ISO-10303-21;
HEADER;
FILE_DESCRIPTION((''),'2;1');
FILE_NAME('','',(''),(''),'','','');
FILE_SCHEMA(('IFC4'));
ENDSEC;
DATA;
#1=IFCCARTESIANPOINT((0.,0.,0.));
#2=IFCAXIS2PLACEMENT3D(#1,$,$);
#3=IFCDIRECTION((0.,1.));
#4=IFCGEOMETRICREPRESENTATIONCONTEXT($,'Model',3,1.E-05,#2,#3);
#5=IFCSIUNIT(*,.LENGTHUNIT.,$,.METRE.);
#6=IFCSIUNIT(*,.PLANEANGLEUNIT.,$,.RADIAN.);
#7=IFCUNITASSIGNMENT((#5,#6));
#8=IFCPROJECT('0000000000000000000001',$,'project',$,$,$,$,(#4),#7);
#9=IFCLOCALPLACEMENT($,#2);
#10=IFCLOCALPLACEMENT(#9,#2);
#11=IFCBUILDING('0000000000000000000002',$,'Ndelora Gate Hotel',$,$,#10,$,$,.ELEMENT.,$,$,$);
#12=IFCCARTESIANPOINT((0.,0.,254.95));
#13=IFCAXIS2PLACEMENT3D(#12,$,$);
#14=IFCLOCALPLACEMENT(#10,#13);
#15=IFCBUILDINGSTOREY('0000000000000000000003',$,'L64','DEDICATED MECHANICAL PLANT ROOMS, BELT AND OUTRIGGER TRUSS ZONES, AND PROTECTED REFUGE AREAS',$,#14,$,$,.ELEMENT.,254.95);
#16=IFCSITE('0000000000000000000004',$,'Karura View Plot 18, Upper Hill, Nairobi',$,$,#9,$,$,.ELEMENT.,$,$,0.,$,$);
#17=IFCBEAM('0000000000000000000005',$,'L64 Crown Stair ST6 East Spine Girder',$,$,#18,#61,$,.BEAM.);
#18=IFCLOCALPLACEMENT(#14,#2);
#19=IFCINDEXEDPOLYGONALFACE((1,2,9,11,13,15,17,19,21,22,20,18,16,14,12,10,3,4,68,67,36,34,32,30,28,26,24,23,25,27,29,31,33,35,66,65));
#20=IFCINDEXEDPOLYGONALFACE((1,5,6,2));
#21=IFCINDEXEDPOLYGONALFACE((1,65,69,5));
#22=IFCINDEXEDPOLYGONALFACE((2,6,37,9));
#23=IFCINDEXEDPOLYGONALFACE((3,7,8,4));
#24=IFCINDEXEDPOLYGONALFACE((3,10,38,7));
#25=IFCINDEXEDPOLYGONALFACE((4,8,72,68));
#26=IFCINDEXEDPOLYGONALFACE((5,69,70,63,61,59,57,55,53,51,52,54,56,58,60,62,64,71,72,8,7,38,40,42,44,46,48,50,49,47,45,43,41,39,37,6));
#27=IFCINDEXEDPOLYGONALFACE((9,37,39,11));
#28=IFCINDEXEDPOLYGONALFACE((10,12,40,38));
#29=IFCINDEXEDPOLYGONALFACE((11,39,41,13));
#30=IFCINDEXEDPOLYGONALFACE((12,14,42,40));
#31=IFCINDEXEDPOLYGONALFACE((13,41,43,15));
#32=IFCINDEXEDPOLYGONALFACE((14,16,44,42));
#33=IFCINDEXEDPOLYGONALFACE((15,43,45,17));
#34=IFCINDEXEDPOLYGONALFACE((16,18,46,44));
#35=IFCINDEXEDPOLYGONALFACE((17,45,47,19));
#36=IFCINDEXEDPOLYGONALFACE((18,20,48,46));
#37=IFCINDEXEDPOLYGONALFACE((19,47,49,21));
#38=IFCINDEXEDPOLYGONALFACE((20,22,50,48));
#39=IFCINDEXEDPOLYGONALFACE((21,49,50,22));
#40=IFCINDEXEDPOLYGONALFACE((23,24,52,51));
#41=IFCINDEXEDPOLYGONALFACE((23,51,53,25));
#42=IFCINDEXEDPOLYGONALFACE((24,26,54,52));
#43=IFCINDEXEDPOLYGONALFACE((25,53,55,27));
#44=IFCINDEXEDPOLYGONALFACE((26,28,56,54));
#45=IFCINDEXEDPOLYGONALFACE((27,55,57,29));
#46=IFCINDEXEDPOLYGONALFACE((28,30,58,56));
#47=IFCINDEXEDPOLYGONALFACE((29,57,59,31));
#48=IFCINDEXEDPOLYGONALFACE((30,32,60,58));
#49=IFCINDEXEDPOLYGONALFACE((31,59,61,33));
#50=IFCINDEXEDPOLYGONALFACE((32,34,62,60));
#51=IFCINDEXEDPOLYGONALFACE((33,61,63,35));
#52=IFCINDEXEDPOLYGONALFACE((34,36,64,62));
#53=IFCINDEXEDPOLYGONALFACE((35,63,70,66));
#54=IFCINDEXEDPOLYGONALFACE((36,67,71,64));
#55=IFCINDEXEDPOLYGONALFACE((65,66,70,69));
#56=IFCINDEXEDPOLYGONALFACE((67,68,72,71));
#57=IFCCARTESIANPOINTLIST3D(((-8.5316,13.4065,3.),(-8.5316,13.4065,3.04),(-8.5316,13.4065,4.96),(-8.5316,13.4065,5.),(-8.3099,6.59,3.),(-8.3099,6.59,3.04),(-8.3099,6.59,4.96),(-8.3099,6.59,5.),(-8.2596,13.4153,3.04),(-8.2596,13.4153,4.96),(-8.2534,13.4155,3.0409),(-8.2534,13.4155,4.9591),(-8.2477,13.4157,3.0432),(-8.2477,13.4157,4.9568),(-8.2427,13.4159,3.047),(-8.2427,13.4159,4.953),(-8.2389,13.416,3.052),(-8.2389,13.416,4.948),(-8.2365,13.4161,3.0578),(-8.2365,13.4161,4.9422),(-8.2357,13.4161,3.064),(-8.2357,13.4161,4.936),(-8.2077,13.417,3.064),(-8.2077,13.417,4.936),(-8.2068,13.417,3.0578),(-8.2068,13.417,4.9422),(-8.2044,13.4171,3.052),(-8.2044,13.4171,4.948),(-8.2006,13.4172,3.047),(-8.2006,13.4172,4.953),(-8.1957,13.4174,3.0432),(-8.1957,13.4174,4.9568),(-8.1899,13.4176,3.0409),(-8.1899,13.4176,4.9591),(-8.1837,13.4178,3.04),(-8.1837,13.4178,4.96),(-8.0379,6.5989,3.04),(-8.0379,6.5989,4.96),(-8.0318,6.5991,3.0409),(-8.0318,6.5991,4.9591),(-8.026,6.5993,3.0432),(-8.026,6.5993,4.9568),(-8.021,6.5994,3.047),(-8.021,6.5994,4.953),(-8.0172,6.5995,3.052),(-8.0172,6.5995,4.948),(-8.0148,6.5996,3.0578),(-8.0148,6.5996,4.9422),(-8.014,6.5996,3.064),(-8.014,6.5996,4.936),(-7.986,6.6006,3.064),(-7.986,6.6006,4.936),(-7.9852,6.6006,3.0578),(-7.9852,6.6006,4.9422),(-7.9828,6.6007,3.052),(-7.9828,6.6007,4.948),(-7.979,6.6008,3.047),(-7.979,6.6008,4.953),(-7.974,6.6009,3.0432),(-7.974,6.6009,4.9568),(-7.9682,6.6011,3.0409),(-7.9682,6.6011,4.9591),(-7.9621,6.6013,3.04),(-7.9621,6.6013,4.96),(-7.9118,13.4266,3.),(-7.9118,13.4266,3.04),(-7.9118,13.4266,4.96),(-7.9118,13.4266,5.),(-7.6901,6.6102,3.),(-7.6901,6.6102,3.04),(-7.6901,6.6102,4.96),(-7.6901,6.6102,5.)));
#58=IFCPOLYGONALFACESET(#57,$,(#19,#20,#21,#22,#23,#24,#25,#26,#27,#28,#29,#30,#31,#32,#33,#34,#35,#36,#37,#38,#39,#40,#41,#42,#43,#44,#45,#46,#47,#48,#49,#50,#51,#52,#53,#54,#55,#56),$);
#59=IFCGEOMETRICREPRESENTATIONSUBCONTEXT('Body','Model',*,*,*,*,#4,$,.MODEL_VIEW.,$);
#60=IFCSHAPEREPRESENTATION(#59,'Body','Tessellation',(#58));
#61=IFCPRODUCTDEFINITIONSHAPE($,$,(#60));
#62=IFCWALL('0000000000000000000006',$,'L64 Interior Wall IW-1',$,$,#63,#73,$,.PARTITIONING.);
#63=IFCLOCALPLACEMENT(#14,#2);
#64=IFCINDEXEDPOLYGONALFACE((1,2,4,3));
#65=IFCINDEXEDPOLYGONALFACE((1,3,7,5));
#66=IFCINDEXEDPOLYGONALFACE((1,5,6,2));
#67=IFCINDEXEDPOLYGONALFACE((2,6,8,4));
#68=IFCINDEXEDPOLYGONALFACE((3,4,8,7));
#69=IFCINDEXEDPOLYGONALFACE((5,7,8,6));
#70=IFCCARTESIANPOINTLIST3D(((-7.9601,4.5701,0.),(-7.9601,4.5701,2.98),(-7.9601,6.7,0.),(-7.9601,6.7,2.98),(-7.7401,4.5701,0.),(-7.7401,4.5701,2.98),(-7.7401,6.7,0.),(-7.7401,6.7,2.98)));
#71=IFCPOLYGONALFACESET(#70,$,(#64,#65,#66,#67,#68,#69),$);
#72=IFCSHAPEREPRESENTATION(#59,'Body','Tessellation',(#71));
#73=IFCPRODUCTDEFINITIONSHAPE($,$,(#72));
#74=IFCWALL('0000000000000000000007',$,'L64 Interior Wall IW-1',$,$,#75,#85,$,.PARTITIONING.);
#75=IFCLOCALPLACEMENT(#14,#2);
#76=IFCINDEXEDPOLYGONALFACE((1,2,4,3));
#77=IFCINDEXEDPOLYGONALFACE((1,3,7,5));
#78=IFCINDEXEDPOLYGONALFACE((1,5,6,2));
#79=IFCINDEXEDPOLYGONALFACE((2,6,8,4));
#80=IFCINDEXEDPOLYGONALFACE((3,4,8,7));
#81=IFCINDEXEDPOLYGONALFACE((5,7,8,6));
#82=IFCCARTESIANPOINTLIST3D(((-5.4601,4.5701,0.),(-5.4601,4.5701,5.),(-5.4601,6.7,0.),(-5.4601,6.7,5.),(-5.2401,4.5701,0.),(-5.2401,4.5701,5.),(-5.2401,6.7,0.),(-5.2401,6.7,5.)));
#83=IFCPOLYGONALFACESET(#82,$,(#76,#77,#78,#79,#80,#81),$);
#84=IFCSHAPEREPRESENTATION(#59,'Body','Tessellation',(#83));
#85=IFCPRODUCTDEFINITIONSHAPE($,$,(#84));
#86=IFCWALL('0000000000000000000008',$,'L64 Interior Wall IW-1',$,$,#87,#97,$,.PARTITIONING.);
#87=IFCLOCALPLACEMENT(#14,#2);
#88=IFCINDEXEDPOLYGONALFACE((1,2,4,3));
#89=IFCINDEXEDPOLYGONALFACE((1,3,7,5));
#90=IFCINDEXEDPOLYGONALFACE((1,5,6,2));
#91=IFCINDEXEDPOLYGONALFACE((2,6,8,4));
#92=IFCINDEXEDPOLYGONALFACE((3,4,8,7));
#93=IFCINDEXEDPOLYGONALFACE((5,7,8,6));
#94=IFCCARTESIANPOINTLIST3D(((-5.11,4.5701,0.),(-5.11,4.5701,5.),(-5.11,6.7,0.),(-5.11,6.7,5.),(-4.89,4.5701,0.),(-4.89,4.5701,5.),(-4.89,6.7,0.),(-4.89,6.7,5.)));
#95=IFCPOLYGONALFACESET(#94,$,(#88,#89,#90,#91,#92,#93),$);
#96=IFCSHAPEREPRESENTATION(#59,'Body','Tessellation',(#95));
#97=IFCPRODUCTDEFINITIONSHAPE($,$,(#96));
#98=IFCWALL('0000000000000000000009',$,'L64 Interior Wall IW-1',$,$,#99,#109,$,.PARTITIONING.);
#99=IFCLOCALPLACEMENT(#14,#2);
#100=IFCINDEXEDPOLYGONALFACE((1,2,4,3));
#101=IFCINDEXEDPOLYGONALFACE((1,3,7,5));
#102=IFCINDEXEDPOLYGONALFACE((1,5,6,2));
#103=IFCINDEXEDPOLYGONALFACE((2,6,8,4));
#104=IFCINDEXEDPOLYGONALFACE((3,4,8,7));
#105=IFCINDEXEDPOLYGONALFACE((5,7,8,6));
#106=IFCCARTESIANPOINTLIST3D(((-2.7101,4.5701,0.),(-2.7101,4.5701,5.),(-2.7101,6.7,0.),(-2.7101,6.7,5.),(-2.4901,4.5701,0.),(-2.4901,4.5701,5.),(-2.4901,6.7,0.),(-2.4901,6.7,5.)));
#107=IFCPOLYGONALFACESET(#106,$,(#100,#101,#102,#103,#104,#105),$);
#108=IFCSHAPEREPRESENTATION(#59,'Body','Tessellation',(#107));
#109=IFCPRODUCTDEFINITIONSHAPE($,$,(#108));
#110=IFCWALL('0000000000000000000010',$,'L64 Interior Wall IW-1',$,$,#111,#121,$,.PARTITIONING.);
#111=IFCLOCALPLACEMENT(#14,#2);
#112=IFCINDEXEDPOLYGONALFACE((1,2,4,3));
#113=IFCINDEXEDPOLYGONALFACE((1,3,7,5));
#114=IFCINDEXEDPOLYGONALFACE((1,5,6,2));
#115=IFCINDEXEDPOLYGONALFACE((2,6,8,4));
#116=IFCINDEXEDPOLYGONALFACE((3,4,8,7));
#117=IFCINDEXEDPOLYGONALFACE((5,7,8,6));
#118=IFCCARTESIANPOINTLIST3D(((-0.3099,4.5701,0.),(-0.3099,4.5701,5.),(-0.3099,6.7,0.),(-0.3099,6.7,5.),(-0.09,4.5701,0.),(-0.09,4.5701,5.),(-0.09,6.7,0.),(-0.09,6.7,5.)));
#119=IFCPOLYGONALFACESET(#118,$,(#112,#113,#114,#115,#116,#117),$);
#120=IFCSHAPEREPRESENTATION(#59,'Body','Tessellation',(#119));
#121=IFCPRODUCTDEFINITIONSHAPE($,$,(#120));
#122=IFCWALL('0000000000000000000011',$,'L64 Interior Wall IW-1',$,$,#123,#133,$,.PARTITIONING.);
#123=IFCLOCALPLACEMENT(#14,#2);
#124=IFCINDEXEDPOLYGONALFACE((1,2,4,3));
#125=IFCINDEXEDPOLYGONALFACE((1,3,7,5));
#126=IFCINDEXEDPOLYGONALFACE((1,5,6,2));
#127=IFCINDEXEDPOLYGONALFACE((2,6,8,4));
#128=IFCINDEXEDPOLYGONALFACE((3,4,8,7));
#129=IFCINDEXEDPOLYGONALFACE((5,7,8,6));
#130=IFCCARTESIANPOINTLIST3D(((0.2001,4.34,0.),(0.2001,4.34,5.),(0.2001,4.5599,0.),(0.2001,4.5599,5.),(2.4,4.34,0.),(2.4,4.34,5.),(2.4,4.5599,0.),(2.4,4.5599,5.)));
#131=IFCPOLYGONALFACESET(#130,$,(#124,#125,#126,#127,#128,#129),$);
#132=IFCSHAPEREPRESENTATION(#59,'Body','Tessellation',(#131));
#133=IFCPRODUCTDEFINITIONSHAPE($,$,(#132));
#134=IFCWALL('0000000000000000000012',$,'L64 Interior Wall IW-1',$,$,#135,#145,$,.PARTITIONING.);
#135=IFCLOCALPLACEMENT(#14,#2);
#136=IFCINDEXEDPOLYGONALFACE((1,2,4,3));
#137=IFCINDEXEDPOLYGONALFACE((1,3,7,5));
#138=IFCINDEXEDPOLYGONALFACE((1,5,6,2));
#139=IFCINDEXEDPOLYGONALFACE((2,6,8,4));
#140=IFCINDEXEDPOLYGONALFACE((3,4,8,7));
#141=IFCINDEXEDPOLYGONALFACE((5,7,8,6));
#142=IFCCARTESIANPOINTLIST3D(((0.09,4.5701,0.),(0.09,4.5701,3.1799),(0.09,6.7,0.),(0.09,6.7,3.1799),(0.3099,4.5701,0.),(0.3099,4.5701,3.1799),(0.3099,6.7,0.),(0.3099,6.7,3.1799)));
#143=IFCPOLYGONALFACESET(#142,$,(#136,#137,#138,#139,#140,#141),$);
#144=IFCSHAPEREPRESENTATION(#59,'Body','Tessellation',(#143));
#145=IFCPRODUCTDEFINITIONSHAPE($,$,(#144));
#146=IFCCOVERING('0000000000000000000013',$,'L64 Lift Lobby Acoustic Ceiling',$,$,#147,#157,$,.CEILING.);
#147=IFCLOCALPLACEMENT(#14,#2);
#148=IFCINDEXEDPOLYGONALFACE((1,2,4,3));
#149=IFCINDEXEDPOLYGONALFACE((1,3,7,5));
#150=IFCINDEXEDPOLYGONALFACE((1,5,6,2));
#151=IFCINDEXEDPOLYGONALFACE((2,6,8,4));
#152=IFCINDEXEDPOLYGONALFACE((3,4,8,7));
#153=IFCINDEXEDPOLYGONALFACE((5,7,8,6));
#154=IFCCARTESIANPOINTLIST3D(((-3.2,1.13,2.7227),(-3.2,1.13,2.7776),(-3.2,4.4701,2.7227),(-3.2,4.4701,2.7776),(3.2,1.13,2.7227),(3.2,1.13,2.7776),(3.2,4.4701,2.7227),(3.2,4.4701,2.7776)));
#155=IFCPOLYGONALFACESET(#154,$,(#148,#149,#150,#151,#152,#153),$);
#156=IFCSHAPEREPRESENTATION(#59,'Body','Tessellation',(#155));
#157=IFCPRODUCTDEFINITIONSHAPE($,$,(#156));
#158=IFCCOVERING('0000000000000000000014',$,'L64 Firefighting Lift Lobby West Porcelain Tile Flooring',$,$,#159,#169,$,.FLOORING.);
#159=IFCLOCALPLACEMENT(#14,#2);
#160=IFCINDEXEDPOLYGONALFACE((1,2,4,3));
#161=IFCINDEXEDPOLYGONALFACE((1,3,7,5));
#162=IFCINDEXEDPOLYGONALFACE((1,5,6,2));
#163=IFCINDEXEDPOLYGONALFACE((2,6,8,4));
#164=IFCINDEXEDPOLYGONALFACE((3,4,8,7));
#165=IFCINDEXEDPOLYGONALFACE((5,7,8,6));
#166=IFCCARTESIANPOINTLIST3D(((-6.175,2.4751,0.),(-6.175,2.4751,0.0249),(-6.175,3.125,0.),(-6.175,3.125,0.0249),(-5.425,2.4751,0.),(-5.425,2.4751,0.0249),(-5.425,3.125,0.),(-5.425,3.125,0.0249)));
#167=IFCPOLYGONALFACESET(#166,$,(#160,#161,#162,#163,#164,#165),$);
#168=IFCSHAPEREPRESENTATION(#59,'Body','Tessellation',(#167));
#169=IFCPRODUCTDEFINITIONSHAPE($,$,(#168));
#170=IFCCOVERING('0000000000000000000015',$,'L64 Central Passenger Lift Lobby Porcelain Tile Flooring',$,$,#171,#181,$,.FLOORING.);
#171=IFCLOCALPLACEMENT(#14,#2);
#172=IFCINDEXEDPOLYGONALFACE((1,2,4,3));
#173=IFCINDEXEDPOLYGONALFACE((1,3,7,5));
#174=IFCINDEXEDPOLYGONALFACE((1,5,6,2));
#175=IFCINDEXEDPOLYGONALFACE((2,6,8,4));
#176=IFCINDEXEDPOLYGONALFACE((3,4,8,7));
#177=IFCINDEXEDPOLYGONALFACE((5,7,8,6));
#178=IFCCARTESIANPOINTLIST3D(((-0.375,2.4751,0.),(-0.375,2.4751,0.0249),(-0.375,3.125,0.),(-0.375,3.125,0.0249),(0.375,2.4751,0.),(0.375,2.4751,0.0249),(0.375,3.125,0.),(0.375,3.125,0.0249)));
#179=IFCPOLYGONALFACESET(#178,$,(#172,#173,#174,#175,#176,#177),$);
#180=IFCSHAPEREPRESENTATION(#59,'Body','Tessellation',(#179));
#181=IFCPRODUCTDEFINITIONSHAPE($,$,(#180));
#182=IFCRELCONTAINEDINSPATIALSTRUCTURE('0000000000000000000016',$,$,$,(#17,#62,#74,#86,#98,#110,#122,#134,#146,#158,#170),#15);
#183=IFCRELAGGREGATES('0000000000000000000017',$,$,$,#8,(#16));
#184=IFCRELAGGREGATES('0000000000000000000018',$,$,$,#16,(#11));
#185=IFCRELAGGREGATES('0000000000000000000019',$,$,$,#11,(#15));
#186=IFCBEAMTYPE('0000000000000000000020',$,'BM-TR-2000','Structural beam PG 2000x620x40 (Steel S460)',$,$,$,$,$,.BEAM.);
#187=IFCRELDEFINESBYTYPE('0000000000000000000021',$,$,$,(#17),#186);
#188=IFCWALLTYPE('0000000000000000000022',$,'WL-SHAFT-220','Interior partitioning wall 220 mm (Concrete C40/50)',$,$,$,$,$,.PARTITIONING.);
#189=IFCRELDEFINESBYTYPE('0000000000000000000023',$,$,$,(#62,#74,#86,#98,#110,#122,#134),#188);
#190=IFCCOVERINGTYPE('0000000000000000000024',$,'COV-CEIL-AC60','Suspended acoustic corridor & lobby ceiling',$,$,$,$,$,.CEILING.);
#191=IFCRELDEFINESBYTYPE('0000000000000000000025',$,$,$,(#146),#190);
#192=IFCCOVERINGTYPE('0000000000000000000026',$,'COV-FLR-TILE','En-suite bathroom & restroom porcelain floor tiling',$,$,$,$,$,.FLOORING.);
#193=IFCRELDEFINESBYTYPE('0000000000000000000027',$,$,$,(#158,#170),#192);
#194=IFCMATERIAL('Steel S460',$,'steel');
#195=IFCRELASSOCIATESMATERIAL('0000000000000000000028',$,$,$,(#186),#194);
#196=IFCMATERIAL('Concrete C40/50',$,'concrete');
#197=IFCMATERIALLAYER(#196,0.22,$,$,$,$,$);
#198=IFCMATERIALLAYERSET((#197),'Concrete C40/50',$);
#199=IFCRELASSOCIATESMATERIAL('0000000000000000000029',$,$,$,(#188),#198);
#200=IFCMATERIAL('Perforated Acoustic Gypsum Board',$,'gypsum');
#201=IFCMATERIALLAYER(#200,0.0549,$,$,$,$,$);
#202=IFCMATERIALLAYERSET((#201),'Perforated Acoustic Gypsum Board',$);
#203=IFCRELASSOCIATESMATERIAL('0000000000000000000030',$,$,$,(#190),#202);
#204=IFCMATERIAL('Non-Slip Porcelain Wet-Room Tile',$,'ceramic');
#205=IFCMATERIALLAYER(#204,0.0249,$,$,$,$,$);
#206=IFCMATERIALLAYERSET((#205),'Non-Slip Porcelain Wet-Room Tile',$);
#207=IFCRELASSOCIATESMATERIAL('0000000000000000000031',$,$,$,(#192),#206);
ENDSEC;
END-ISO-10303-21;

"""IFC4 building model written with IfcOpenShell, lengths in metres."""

from ifc_helpers import new_model, si_unit, direction, frame, frame_2d, origin, origin_2d, place, context, subcontext, project, spatial, rectangle, i_section, extrude, material, layer, layer_set, material_profile, profile_set, type_object, element, save


model = new_model("IFC4")

# Units and contexts
model_context = context("Model", 3, precision=1e-05, world=origin(), true_north=direction((0.0, 1.0)))
body_context = subcontext(model_context, "Body", "Model", "MODEL_VIEW")
ifc_project = project(units=[si_unit("LENGTHUNIT", "METRE"), si_unit("PLANEANGLEUNIT", "RADIAN")], contexts=[model_context])

# Site, building, storey
site_placement = place(None, origin())
site = spatial("IfcSite", under=ifc_project, at=site_placement, Name="Karura View Plot 18, Upper Hill, Nairobi", CompositionType="ELEMENT", RefElevation=0.0)
building_placement = place(site_placement, origin())
building = spatial("IfcBuilding", under=site, at=building_placement, Name="Ndelora Gate Hotel", CompositionType="ELEMENT")
storey_placement = place(building_placement, frame((0.0, 0.0, 254.95)))
storey = spatial("IfcBuildingStorey", under=building, at=storey_placement, Name="L64", Description="DEDICATED MECHANICAL PLANT ROOMS, BELT AND OUTRIGGER TRUSS ZONES, AND PROTECTED REFUGE AREAS", CompositionType="ELEMENT", Elevation=254.95)

# Beam
ifc_material_1 = material(Name="Steel S460", Category="steel")
ifc_material_profile_1 = material_profile(ifc_material_1, i_section(OverallWidth=0.6201, OverallDepth=2.0, WebThickness=0.0281, FlangeThickness=0.04, FilletRadius=0.0239, at=origin_2d()), Name="PG 2000x620x40")
ifc_profile_set_1 = profile_set([ifc_material_profile_1], Name="Steel S460")
beam_type_1 = type_object("IfcBeamType", Name="BM-TR-2000", Description="Structural beam PG 2000x620x40 (Steel S460)", PredefinedType="BEAM", material=ifc_profile_set_1)
beam_1_placement = place(storey_placement, frame((-8.0, 6.6001, 4.0), z_axis=(-0.032504, 0.999472, 0.0), x_axis=(-0.999472, -0.032504, 0.0)))
element("IfcBeam", 1, at=beam_1_placement, inside=storey, type_object=beam_type_1, Name="L64 Crown Stair ST6 East Spine Girder", PredefinedType="BEAM", context=body_context, shape_type="SweptSolid", body=[
    extrude(i_section(OverallWidth=0.6201, OverallDepth=2.0, WebThickness=0.0281, FlangeThickness=0.04, FilletRadius=0.0239, at=origin_2d()), origin(), (0.0, 0.0, 1.0), 6.8201),
])

# Shared definitions
ifc_material_2 = material(Name="Concrete C40/50", Category="concrete")
ifc_layer_1 = layer(ifc_material_2, 0.22)
ifc_layer_set_1 = layer_set([ifc_layer_1], Name="Concrete C40/50")
wall_type = type_object("IfcWallType", Name="WL-SHAFT-220", Description="Interior partitioning wall 220 mm (Concrete C40/50)", PredefinedType="PARTITIONING", material=ifc_layer_set_1)

# Walls
wall_1_placement = place(storey_placement, frame((-7.8501, 4.5701, 0.0), z_axis=(0.0, 0.0, 1.0), x_axis=(0.0, 1.0, 0.0)))
element("IfcWall", 2, at=wall_1_placement, inside=storey, type_object=wall_type, Name="L64 Interior Wall IW-1", PredefinedType="PARTITIONING", context=body_context, shape_type="SweptSolid", body=[
    extrude(rectangle(XDim=2.1299, YDim=0.22, at=frame_2d((1.0649, 0.0))), origin(), (0.0, 0.0, 1.0), 2.98),
])
wall_2_placement = place(storey_placement, frame((-5.3501, 4.5701, 0.0), z_axis=(0.0, 0.0, 1.0), x_axis=(0.0, 1.0, 0.0)))
element("IfcWall", 3, at=wall_2_placement, inside=storey, type_object=wall_type, Name="L64 Interior Wall IW-1", PredefinedType="PARTITIONING", context=body_context, shape_type="SweptSolid", body=[
    extrude(rectangle(XDim=2.1299, YDim=0.22, at=frame_2d((1.0649, 0.0))), origin(), (0.0, 0.0, 1.0), 5.0),
])

# Walls
for number, where, z_axis, x_axis, name in (
    (4, (-5.0, 4.5701, 0.0), (0.0, 0.0, 1.0), (0.0, 1.0, 0.0), "L64 Interior Wall IW-1"),
    (5, (-2.6001, 4.5701, 0.0), (0.0, 0.0, 1.0), (0.0, 1.0, 0.0), "L64 Interior Wall IW-1"),
):
    element("IfcWall", number, at=place(storey_placement, frame(where, z_axis=z_axis, x_axis=x_axis)), inside=storey, type_object=wall_type, Name=name, PredefinedType="PARTITIONING", context=body_context, shape_type="SweptSolid", body=[
        extrude(rectangle(XDim=2.1299, YDim=0.22, at=frame_2d((1.0649, 0.0))), origin(), (0.0, 0.0, 1.0), 5.0),
    ])

# Walls
wall_3_placement = place(storey_placement, frame((-0.2, 4.5701, 0.0), z_axis=(0.0, 0.0, 1.0), x_axis=(0.0, 1.0, 0.0)))
element("IfcWall", 6, at=wall_3_placement, inside=storey, type_object=wall_type, Name="L64 Interior Wall IW-1", PredefinedType="PARTITIONING", context=body_context, shape_type="SweptSolid", body=[
    extrude(rectangle(XDim=2.1299, YDim=0.22, at=frame_2d((1.0649, 0.0))), origin(), (0.0, 0.0, 1.0), 5.0),
])
wall_4_placement = place(storey_placement, frame((0.2, 4.45, 0.0), z_axis=(0.0, 0.0, 1.0), x_axis=(1.0, 0.0, 0.0)))
element("IfcWall", 7, at=wall_4_placement, inside=storey, type_object=wall_type, Name="L64 Interior Wall IW-1", PredefinedType="PARTITIONING", context=body_context, shape_type="SweptSolid", body=[
    extrude(rectangle(XDim=2.2, YDim=0.22, at=frame_2d((1.1001, 0.0))), origin(), (0.0, 0.0, 1.0), 5.0),
])
wall_5_placement = place(storey_placement, frame((0.2, 4.5701, 0.0), z_axis=(0.0, 0.0, 1.0), x_axis=(0.0, 1.0, 0.0)))
element("IfcWall", 8, at=wall_5_placement, inside=storey, type_object=wall_type, Name="L64 Interior Wall IW-1", PredefinedType="PARTITIONING", context=body_context, shape_type="SweptSolid", body=[
    extrude(rectangle(XDim=2.1299, YDim=0.22, at=frame_2d((1.0649, 0.0))), origin(), (0.0, 0.0, 1.0), 3.1799),
])

# Coverings
ifc_material_3 = material(Name="Perforated Acoustic Gypsum Board", Category="gypsum")
ifc_layer_2 = layer(ifc_material_3, 0.0549)
ifc_layer_set_2 = layer_set([ifc_layer_2], Name="Perforated Acoustic Gypsum Board")
covering_type_1 = type_object("IfcCoveringType", Name="COV-CEIL-AC60", Description="Suspended acoustic corridor & lobby ceiling", PredefinedType="CEILING", material=ifc_layer_set_2)
covering_placement = place(storey_placement, frame((0.0, 2.8, 2.7227), z_axis=(0.0, 0.0, 1.0), x_axis=(1.0, 0.0, 0.0)))
element("IfcCovering", 9, at=covering_placement, inside=storey, type_object=covering_type_1, Name="L64 Lift Lobby Acoustic Ceiling", PredefinedType="CEILING", context=body_context, shape_type="SweptSolid", body=[
    extrude(rectangle(XDim=6.3999, YDim=3.3401, at=origin_2d()), origin(), (0.0, 0.0, 1.0), 0.0549),
])
ifc_material_4 = material(Name="Non-Slip Porcelain Wet-Room Tile", Category="ceramic")
ifc_layer_3 = layer(ifc_material_4, 0.0249)
ifc_layer_set_3 = layer_set([ifc_layer_3], Name="Non-Slip Porcelain Wet-Room Tile")
covering_type_2 = type_object("IfcCoveringType", Name="COV-FLR-TILE", Description="En-suite bathroom & restroom porcelain floor tiling", PredefinedType="FLOORING", material=ifc_layer_set_3)
for number, where, z_axis, x_axis, name in (
    (10, (-5.8, 2.8, 0.0), (0.0, 0.0, 1.0), (1.0, 0.0, 0.0), "L64 Firefighting Lift Lobby West Porcelain Tile Flooring"),
    (11, (0.0, 2.8, 0.0), (0.0, 0.0, 1.0), (1.0, 0.0, 0.0), "L64 Central Passenger Lift Lobby Porcelain Tile Flooring"),
):
    element("IfcCovering", number, at=place(storey_placement, frame(where, z_axis=z_axis, x_axis=x_axis)), inside=storey, type_object=covering_type_2, Name=name, PredefinedType="FLOORING", context=body_context, shape_type="SweptSolid", body=[
        extrude(rectangle(XDim=0.75, YDim=0.6499, at=origin_2d()), origin(), (0.0, 0.0, 1.0), 0.0249),
    ])

save(model, "model.ifc")
